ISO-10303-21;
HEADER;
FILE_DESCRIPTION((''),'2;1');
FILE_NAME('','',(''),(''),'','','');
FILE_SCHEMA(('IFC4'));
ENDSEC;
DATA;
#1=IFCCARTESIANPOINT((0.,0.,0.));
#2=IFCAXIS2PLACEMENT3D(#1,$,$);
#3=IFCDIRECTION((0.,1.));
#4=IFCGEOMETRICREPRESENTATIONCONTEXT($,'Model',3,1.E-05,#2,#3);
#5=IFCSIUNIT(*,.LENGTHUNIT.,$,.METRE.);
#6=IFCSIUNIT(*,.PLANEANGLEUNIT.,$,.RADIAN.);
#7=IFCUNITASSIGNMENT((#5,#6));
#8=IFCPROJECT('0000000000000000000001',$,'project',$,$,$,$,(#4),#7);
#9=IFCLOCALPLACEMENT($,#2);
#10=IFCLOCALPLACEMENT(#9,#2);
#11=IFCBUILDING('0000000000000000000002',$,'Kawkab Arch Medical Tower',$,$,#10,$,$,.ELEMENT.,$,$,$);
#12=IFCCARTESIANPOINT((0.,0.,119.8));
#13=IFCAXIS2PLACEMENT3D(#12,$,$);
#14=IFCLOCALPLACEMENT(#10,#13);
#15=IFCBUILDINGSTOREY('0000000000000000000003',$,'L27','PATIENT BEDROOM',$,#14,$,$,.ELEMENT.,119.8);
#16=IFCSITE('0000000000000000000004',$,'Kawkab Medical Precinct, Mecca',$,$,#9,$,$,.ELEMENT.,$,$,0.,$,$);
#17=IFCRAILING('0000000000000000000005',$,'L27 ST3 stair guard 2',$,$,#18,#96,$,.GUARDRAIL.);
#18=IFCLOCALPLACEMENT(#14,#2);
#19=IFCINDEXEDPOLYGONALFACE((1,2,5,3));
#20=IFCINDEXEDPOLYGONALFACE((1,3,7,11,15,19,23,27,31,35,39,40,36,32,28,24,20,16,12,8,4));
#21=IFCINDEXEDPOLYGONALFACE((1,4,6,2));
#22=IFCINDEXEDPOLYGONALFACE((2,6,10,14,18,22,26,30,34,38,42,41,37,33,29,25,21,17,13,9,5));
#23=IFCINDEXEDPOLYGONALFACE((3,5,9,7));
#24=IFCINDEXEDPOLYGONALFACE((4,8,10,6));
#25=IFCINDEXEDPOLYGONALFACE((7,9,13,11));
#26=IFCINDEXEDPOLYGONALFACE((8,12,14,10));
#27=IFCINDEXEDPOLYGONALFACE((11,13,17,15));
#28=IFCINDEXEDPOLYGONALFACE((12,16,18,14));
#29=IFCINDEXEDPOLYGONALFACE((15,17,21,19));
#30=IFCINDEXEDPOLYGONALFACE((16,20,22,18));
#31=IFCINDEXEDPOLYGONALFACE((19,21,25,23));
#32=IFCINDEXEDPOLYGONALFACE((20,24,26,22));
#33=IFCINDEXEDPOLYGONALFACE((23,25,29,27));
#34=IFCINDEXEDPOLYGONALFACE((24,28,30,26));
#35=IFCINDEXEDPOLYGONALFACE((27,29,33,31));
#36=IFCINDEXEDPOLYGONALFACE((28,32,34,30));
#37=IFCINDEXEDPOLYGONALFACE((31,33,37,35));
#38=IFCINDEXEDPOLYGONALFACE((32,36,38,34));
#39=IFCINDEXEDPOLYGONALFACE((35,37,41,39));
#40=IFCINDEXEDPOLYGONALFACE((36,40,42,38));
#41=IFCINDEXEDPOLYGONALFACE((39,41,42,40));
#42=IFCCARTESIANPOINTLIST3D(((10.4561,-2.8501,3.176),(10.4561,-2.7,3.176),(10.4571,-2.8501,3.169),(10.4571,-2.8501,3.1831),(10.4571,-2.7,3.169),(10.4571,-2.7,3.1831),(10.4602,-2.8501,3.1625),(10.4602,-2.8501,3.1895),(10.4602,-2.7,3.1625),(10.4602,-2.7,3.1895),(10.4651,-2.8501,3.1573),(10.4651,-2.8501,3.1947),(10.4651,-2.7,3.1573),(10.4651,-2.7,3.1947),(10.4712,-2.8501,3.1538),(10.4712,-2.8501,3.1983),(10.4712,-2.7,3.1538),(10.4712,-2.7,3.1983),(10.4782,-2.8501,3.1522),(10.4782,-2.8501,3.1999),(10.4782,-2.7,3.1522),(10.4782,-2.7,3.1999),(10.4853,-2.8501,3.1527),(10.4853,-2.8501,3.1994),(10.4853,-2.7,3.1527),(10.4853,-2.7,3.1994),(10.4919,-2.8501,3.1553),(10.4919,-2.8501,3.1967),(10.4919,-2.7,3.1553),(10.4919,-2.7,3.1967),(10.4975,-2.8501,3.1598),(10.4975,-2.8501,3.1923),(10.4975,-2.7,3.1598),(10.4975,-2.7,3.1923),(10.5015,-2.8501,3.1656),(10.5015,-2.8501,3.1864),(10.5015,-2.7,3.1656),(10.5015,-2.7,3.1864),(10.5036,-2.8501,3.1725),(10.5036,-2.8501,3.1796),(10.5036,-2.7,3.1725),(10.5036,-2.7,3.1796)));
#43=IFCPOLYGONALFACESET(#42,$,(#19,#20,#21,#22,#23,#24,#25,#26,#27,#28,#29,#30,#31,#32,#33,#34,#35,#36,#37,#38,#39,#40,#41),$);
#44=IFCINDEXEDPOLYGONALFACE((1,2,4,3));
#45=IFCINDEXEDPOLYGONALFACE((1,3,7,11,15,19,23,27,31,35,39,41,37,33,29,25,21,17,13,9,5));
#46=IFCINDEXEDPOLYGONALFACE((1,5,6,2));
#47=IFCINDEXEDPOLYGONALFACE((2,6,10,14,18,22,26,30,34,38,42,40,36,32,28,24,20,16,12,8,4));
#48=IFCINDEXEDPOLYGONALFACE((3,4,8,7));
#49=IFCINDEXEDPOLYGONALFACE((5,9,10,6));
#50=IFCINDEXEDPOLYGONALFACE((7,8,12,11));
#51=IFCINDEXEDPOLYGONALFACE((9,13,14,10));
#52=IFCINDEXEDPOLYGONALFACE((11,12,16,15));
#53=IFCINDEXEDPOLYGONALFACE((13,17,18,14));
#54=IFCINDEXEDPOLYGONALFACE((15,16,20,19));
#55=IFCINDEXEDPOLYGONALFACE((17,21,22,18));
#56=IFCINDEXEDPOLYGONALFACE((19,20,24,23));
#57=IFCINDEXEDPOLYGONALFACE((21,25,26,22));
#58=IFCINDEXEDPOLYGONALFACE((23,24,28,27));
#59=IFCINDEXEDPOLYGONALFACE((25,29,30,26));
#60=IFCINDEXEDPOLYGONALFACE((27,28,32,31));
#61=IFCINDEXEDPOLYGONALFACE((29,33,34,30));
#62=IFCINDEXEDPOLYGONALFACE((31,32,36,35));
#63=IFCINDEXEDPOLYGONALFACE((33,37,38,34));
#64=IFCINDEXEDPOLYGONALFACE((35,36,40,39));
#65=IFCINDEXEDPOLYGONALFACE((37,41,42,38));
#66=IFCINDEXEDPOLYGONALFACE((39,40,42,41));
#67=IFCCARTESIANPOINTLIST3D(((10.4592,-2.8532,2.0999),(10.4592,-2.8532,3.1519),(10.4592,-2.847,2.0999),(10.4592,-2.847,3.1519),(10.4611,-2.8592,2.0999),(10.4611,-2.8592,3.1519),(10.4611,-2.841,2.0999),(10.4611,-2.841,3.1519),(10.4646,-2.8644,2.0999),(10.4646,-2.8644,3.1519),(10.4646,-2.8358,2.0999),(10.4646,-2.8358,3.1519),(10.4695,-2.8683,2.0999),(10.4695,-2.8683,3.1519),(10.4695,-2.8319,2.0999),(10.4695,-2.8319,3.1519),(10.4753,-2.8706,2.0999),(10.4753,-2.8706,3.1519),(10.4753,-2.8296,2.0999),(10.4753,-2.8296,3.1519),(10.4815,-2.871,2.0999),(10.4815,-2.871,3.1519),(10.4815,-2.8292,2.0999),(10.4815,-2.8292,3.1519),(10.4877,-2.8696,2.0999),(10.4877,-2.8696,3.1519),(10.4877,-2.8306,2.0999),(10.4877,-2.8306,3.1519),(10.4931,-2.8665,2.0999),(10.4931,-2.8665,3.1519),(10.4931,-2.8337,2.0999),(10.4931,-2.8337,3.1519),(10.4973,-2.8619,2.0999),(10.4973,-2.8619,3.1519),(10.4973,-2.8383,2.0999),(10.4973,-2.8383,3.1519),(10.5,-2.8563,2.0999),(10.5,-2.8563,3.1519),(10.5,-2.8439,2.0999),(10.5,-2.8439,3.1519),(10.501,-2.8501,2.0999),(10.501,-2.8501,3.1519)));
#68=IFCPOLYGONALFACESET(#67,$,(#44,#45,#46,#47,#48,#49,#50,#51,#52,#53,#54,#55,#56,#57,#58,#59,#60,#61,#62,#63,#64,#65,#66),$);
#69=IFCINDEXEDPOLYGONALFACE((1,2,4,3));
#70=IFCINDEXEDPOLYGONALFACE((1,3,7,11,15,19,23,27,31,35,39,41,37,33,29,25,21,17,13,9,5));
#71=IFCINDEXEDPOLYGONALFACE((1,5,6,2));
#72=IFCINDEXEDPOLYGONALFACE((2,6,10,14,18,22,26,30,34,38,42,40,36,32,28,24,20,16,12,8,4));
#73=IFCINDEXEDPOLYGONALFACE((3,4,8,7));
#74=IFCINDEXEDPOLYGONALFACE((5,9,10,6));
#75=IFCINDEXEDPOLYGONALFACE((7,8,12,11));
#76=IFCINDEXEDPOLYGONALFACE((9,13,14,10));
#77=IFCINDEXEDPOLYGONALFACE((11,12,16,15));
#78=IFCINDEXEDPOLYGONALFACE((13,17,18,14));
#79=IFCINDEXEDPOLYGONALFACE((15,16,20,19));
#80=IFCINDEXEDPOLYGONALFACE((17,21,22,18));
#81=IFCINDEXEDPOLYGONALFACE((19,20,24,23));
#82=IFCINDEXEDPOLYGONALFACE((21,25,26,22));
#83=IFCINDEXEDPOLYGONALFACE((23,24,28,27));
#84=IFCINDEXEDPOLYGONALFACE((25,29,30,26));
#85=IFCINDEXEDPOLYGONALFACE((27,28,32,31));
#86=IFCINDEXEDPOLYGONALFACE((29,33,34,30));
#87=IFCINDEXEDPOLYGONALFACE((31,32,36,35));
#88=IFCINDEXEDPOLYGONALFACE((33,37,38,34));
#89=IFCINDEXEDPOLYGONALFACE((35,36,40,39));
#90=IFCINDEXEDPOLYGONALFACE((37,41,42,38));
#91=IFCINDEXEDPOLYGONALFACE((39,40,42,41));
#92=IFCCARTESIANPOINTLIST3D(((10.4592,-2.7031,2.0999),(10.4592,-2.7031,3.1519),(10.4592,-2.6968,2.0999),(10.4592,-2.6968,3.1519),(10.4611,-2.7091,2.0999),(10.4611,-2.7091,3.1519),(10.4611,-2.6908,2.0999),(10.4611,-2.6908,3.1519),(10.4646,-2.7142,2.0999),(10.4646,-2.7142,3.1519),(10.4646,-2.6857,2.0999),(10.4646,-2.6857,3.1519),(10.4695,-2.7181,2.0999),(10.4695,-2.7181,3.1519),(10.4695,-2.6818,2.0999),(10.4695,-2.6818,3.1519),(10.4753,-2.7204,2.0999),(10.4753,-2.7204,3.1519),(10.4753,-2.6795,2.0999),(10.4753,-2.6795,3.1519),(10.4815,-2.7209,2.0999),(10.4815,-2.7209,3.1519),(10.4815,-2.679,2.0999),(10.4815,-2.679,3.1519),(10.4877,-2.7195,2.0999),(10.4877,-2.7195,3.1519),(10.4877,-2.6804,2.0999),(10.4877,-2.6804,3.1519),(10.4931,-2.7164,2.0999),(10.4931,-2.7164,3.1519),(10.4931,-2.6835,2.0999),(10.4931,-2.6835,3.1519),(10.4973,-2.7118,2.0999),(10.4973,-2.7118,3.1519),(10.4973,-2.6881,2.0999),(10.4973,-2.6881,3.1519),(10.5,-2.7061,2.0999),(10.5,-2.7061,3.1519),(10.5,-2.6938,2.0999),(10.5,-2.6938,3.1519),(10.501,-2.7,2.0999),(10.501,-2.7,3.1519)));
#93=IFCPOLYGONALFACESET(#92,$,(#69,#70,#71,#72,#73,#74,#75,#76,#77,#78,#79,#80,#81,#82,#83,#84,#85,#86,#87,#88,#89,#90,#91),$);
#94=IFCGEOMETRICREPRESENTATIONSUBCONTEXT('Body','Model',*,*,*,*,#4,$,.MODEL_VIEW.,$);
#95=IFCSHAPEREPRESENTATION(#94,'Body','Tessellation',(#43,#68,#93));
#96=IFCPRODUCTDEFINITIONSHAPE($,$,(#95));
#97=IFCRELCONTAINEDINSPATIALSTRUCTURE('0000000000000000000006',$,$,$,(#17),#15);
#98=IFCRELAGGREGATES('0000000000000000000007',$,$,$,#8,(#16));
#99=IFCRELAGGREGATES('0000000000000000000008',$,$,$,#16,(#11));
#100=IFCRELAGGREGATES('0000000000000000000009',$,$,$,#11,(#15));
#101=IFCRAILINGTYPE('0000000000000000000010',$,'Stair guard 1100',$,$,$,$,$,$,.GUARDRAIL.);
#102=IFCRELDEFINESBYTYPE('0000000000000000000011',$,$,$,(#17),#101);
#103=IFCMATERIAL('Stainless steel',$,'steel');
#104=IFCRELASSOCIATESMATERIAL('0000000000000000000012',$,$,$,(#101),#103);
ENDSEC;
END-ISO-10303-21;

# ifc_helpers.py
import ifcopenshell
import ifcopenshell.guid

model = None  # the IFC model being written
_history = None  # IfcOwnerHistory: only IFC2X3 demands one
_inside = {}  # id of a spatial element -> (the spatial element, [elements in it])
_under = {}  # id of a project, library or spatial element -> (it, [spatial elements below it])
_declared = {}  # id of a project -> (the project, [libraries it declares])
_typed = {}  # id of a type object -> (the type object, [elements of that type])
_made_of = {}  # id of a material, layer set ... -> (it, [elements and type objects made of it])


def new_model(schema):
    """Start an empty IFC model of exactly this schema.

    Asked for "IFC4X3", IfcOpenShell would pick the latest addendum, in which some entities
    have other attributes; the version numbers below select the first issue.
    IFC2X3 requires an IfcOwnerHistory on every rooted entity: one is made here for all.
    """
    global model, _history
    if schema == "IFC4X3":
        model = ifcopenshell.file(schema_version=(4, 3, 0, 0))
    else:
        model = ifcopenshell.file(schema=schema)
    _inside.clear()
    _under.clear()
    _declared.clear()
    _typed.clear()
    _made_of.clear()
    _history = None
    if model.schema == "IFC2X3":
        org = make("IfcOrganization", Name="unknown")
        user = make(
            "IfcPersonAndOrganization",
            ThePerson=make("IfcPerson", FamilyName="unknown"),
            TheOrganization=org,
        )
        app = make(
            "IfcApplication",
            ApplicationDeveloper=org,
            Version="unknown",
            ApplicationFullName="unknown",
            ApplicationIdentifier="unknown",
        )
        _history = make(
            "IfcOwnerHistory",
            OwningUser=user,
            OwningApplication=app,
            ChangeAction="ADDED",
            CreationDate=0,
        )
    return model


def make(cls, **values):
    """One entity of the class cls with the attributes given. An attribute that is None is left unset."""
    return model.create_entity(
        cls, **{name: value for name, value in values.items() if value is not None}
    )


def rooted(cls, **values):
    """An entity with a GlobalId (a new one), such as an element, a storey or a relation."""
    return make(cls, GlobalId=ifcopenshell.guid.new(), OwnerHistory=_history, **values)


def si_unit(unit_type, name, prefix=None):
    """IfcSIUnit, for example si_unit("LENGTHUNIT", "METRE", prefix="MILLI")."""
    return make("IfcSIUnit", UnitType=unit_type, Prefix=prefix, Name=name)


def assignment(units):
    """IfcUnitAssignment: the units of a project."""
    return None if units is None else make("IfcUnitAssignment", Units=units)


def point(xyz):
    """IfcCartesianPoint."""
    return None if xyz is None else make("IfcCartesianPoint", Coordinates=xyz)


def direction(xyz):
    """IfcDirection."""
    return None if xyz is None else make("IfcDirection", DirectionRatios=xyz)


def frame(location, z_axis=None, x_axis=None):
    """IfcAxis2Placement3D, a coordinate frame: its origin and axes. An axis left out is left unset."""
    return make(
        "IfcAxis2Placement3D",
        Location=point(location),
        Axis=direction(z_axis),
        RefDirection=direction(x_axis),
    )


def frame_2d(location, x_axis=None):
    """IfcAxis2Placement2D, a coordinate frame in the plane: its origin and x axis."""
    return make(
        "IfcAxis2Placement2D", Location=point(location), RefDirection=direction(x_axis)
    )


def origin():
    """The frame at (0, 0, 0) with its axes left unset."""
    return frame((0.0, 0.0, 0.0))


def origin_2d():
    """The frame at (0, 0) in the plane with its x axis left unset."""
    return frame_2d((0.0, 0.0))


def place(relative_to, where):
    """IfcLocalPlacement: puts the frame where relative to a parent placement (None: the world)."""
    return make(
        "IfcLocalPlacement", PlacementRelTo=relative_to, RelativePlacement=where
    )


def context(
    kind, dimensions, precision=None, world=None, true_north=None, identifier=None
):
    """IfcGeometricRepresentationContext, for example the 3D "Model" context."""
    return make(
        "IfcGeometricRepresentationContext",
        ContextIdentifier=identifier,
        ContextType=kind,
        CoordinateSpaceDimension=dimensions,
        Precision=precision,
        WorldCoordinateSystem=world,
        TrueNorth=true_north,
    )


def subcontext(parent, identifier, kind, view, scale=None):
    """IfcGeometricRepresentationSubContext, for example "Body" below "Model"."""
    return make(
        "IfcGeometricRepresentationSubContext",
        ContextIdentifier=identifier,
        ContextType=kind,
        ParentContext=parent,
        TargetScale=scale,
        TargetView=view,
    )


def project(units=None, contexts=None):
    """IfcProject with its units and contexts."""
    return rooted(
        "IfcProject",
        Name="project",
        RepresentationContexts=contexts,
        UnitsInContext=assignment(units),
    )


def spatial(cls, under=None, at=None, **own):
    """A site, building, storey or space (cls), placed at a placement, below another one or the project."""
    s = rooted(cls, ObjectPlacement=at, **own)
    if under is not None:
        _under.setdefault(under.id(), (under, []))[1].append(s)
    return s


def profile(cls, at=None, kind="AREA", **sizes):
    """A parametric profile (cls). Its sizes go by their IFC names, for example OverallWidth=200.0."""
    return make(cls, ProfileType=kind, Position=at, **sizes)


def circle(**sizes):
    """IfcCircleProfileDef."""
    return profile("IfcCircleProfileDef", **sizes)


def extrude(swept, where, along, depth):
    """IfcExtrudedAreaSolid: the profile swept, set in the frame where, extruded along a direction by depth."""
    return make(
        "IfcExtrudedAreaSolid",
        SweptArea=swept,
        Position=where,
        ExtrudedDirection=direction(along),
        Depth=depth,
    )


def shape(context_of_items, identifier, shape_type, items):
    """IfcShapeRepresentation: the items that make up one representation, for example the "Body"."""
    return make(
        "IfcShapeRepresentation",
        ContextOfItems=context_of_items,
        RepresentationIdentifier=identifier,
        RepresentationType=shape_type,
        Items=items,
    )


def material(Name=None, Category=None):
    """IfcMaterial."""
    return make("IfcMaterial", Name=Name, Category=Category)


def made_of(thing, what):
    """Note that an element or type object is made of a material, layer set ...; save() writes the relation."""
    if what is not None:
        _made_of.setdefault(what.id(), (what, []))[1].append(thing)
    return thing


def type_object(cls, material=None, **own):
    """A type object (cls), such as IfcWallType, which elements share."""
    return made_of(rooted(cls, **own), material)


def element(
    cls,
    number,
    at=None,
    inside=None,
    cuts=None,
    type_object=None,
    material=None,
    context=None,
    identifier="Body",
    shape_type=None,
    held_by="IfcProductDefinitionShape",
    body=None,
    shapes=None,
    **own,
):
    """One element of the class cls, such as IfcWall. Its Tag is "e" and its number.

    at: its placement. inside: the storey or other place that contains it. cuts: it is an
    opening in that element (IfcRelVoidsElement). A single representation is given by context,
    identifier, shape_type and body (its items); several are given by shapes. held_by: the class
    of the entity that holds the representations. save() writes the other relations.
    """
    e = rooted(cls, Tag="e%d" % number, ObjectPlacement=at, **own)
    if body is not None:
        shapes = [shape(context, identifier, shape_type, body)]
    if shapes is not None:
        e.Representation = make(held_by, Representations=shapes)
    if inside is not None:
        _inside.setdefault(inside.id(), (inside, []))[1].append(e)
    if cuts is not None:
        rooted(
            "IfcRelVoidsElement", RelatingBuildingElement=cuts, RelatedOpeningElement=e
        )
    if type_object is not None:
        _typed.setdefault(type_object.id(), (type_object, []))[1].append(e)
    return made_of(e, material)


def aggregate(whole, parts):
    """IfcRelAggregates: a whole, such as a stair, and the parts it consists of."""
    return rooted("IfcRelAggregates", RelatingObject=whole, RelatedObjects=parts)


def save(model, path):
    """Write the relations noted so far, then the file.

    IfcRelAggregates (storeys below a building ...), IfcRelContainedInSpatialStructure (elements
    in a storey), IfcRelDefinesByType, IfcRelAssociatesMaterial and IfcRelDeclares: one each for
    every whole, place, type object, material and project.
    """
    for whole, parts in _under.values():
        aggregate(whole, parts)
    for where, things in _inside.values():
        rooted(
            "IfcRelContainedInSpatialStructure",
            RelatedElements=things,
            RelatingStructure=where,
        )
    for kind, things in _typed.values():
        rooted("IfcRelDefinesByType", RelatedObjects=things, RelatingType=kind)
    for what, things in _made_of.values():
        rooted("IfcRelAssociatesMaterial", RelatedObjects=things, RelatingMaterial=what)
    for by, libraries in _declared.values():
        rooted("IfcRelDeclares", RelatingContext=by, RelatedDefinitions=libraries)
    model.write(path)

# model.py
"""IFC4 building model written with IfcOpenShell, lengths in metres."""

from ifc_helpers import new_model, si_unit, direction, frame, origin, origin_2d, place, context, subcontext, project, spatial, circle, extrude, material, type_object, element, save


model = new_model("IFC4")

# Units and contexts
model_context = context("Model", 3, precision=1e-05, world=origin(), true_north=direction((0.0, 1.0)))
body_context = subcontext(model_context, "Body", "Model", "MODEL_VIEW")
ifc_project = project(units=[si_unit("LENGTHUNIT", "METRE"), si_unit("PLANEANGLEUNIT", "RADIAN")], contexts=[model_context])

# Site, building, storey
site_placement = place(None, origin())
site = spatial("IfcSite", under=ifc_project, at=site_placement, Name="Kawkab Medical Precinct, Mecca", CompositionType="ELEMENT", RefElevation=0.0)
building_placement = place(site_placement, origin())
building = spatial("IfcBuilding", under=site, at=building_placement, Name="Kawkab Arch Medical Tower", CompositionType="ELEMENT")
storey_placement = place(building_placement, frame((0.0, 0.0, 119.8)))
storey = spatial("IfcBuildingStorey", under=building, at=storey_placement, Name="L27", Description="PATIENT BEDROOM", CompositionType="ELEMENT", Elevation=119.8)

# Railing
ifc_material_1 = material(Name="Stainless steel", Category="steel")
railing_type_1 = type_object("IfcRailingType", Name="Stair guard 1100", PredefinedType="GUARDRAIL", material=ifc_material_1)
railing_1_placement = place(storey_placement, frame((10.48, -2.8501, 2.0999)))
element("IfcRailing", 1, at=railing_1_placement, inside=storey, type_object=railing_type_1, Name="L27 ST3 stair guard 2", PredefinedType="GUARDRAIL", context=body_context, shape_type="SweptSolid", body=[
    extrude(circle(Radius=0.0239, at=origin_2d()), frame((0.0, 0.0, 1.0762), z_axis=(0.0, 1.0, 0.0), x_axis=(-1.0, 0.0, 0.0)), (0.0, 0.0, 1.0), 0.1501),
    extrude(circle(Radius=0.021, at=origin_2d()), origin(), (0.0, 0.0, 1.0), 1.052),
    extrude(circle(Radius=0.021, at=origin_2d()), frame((0.0, 0.1501, 0.0)), (0.0, 0.0, 1.0), 1.052),
])

save(model, "model.ifc")
